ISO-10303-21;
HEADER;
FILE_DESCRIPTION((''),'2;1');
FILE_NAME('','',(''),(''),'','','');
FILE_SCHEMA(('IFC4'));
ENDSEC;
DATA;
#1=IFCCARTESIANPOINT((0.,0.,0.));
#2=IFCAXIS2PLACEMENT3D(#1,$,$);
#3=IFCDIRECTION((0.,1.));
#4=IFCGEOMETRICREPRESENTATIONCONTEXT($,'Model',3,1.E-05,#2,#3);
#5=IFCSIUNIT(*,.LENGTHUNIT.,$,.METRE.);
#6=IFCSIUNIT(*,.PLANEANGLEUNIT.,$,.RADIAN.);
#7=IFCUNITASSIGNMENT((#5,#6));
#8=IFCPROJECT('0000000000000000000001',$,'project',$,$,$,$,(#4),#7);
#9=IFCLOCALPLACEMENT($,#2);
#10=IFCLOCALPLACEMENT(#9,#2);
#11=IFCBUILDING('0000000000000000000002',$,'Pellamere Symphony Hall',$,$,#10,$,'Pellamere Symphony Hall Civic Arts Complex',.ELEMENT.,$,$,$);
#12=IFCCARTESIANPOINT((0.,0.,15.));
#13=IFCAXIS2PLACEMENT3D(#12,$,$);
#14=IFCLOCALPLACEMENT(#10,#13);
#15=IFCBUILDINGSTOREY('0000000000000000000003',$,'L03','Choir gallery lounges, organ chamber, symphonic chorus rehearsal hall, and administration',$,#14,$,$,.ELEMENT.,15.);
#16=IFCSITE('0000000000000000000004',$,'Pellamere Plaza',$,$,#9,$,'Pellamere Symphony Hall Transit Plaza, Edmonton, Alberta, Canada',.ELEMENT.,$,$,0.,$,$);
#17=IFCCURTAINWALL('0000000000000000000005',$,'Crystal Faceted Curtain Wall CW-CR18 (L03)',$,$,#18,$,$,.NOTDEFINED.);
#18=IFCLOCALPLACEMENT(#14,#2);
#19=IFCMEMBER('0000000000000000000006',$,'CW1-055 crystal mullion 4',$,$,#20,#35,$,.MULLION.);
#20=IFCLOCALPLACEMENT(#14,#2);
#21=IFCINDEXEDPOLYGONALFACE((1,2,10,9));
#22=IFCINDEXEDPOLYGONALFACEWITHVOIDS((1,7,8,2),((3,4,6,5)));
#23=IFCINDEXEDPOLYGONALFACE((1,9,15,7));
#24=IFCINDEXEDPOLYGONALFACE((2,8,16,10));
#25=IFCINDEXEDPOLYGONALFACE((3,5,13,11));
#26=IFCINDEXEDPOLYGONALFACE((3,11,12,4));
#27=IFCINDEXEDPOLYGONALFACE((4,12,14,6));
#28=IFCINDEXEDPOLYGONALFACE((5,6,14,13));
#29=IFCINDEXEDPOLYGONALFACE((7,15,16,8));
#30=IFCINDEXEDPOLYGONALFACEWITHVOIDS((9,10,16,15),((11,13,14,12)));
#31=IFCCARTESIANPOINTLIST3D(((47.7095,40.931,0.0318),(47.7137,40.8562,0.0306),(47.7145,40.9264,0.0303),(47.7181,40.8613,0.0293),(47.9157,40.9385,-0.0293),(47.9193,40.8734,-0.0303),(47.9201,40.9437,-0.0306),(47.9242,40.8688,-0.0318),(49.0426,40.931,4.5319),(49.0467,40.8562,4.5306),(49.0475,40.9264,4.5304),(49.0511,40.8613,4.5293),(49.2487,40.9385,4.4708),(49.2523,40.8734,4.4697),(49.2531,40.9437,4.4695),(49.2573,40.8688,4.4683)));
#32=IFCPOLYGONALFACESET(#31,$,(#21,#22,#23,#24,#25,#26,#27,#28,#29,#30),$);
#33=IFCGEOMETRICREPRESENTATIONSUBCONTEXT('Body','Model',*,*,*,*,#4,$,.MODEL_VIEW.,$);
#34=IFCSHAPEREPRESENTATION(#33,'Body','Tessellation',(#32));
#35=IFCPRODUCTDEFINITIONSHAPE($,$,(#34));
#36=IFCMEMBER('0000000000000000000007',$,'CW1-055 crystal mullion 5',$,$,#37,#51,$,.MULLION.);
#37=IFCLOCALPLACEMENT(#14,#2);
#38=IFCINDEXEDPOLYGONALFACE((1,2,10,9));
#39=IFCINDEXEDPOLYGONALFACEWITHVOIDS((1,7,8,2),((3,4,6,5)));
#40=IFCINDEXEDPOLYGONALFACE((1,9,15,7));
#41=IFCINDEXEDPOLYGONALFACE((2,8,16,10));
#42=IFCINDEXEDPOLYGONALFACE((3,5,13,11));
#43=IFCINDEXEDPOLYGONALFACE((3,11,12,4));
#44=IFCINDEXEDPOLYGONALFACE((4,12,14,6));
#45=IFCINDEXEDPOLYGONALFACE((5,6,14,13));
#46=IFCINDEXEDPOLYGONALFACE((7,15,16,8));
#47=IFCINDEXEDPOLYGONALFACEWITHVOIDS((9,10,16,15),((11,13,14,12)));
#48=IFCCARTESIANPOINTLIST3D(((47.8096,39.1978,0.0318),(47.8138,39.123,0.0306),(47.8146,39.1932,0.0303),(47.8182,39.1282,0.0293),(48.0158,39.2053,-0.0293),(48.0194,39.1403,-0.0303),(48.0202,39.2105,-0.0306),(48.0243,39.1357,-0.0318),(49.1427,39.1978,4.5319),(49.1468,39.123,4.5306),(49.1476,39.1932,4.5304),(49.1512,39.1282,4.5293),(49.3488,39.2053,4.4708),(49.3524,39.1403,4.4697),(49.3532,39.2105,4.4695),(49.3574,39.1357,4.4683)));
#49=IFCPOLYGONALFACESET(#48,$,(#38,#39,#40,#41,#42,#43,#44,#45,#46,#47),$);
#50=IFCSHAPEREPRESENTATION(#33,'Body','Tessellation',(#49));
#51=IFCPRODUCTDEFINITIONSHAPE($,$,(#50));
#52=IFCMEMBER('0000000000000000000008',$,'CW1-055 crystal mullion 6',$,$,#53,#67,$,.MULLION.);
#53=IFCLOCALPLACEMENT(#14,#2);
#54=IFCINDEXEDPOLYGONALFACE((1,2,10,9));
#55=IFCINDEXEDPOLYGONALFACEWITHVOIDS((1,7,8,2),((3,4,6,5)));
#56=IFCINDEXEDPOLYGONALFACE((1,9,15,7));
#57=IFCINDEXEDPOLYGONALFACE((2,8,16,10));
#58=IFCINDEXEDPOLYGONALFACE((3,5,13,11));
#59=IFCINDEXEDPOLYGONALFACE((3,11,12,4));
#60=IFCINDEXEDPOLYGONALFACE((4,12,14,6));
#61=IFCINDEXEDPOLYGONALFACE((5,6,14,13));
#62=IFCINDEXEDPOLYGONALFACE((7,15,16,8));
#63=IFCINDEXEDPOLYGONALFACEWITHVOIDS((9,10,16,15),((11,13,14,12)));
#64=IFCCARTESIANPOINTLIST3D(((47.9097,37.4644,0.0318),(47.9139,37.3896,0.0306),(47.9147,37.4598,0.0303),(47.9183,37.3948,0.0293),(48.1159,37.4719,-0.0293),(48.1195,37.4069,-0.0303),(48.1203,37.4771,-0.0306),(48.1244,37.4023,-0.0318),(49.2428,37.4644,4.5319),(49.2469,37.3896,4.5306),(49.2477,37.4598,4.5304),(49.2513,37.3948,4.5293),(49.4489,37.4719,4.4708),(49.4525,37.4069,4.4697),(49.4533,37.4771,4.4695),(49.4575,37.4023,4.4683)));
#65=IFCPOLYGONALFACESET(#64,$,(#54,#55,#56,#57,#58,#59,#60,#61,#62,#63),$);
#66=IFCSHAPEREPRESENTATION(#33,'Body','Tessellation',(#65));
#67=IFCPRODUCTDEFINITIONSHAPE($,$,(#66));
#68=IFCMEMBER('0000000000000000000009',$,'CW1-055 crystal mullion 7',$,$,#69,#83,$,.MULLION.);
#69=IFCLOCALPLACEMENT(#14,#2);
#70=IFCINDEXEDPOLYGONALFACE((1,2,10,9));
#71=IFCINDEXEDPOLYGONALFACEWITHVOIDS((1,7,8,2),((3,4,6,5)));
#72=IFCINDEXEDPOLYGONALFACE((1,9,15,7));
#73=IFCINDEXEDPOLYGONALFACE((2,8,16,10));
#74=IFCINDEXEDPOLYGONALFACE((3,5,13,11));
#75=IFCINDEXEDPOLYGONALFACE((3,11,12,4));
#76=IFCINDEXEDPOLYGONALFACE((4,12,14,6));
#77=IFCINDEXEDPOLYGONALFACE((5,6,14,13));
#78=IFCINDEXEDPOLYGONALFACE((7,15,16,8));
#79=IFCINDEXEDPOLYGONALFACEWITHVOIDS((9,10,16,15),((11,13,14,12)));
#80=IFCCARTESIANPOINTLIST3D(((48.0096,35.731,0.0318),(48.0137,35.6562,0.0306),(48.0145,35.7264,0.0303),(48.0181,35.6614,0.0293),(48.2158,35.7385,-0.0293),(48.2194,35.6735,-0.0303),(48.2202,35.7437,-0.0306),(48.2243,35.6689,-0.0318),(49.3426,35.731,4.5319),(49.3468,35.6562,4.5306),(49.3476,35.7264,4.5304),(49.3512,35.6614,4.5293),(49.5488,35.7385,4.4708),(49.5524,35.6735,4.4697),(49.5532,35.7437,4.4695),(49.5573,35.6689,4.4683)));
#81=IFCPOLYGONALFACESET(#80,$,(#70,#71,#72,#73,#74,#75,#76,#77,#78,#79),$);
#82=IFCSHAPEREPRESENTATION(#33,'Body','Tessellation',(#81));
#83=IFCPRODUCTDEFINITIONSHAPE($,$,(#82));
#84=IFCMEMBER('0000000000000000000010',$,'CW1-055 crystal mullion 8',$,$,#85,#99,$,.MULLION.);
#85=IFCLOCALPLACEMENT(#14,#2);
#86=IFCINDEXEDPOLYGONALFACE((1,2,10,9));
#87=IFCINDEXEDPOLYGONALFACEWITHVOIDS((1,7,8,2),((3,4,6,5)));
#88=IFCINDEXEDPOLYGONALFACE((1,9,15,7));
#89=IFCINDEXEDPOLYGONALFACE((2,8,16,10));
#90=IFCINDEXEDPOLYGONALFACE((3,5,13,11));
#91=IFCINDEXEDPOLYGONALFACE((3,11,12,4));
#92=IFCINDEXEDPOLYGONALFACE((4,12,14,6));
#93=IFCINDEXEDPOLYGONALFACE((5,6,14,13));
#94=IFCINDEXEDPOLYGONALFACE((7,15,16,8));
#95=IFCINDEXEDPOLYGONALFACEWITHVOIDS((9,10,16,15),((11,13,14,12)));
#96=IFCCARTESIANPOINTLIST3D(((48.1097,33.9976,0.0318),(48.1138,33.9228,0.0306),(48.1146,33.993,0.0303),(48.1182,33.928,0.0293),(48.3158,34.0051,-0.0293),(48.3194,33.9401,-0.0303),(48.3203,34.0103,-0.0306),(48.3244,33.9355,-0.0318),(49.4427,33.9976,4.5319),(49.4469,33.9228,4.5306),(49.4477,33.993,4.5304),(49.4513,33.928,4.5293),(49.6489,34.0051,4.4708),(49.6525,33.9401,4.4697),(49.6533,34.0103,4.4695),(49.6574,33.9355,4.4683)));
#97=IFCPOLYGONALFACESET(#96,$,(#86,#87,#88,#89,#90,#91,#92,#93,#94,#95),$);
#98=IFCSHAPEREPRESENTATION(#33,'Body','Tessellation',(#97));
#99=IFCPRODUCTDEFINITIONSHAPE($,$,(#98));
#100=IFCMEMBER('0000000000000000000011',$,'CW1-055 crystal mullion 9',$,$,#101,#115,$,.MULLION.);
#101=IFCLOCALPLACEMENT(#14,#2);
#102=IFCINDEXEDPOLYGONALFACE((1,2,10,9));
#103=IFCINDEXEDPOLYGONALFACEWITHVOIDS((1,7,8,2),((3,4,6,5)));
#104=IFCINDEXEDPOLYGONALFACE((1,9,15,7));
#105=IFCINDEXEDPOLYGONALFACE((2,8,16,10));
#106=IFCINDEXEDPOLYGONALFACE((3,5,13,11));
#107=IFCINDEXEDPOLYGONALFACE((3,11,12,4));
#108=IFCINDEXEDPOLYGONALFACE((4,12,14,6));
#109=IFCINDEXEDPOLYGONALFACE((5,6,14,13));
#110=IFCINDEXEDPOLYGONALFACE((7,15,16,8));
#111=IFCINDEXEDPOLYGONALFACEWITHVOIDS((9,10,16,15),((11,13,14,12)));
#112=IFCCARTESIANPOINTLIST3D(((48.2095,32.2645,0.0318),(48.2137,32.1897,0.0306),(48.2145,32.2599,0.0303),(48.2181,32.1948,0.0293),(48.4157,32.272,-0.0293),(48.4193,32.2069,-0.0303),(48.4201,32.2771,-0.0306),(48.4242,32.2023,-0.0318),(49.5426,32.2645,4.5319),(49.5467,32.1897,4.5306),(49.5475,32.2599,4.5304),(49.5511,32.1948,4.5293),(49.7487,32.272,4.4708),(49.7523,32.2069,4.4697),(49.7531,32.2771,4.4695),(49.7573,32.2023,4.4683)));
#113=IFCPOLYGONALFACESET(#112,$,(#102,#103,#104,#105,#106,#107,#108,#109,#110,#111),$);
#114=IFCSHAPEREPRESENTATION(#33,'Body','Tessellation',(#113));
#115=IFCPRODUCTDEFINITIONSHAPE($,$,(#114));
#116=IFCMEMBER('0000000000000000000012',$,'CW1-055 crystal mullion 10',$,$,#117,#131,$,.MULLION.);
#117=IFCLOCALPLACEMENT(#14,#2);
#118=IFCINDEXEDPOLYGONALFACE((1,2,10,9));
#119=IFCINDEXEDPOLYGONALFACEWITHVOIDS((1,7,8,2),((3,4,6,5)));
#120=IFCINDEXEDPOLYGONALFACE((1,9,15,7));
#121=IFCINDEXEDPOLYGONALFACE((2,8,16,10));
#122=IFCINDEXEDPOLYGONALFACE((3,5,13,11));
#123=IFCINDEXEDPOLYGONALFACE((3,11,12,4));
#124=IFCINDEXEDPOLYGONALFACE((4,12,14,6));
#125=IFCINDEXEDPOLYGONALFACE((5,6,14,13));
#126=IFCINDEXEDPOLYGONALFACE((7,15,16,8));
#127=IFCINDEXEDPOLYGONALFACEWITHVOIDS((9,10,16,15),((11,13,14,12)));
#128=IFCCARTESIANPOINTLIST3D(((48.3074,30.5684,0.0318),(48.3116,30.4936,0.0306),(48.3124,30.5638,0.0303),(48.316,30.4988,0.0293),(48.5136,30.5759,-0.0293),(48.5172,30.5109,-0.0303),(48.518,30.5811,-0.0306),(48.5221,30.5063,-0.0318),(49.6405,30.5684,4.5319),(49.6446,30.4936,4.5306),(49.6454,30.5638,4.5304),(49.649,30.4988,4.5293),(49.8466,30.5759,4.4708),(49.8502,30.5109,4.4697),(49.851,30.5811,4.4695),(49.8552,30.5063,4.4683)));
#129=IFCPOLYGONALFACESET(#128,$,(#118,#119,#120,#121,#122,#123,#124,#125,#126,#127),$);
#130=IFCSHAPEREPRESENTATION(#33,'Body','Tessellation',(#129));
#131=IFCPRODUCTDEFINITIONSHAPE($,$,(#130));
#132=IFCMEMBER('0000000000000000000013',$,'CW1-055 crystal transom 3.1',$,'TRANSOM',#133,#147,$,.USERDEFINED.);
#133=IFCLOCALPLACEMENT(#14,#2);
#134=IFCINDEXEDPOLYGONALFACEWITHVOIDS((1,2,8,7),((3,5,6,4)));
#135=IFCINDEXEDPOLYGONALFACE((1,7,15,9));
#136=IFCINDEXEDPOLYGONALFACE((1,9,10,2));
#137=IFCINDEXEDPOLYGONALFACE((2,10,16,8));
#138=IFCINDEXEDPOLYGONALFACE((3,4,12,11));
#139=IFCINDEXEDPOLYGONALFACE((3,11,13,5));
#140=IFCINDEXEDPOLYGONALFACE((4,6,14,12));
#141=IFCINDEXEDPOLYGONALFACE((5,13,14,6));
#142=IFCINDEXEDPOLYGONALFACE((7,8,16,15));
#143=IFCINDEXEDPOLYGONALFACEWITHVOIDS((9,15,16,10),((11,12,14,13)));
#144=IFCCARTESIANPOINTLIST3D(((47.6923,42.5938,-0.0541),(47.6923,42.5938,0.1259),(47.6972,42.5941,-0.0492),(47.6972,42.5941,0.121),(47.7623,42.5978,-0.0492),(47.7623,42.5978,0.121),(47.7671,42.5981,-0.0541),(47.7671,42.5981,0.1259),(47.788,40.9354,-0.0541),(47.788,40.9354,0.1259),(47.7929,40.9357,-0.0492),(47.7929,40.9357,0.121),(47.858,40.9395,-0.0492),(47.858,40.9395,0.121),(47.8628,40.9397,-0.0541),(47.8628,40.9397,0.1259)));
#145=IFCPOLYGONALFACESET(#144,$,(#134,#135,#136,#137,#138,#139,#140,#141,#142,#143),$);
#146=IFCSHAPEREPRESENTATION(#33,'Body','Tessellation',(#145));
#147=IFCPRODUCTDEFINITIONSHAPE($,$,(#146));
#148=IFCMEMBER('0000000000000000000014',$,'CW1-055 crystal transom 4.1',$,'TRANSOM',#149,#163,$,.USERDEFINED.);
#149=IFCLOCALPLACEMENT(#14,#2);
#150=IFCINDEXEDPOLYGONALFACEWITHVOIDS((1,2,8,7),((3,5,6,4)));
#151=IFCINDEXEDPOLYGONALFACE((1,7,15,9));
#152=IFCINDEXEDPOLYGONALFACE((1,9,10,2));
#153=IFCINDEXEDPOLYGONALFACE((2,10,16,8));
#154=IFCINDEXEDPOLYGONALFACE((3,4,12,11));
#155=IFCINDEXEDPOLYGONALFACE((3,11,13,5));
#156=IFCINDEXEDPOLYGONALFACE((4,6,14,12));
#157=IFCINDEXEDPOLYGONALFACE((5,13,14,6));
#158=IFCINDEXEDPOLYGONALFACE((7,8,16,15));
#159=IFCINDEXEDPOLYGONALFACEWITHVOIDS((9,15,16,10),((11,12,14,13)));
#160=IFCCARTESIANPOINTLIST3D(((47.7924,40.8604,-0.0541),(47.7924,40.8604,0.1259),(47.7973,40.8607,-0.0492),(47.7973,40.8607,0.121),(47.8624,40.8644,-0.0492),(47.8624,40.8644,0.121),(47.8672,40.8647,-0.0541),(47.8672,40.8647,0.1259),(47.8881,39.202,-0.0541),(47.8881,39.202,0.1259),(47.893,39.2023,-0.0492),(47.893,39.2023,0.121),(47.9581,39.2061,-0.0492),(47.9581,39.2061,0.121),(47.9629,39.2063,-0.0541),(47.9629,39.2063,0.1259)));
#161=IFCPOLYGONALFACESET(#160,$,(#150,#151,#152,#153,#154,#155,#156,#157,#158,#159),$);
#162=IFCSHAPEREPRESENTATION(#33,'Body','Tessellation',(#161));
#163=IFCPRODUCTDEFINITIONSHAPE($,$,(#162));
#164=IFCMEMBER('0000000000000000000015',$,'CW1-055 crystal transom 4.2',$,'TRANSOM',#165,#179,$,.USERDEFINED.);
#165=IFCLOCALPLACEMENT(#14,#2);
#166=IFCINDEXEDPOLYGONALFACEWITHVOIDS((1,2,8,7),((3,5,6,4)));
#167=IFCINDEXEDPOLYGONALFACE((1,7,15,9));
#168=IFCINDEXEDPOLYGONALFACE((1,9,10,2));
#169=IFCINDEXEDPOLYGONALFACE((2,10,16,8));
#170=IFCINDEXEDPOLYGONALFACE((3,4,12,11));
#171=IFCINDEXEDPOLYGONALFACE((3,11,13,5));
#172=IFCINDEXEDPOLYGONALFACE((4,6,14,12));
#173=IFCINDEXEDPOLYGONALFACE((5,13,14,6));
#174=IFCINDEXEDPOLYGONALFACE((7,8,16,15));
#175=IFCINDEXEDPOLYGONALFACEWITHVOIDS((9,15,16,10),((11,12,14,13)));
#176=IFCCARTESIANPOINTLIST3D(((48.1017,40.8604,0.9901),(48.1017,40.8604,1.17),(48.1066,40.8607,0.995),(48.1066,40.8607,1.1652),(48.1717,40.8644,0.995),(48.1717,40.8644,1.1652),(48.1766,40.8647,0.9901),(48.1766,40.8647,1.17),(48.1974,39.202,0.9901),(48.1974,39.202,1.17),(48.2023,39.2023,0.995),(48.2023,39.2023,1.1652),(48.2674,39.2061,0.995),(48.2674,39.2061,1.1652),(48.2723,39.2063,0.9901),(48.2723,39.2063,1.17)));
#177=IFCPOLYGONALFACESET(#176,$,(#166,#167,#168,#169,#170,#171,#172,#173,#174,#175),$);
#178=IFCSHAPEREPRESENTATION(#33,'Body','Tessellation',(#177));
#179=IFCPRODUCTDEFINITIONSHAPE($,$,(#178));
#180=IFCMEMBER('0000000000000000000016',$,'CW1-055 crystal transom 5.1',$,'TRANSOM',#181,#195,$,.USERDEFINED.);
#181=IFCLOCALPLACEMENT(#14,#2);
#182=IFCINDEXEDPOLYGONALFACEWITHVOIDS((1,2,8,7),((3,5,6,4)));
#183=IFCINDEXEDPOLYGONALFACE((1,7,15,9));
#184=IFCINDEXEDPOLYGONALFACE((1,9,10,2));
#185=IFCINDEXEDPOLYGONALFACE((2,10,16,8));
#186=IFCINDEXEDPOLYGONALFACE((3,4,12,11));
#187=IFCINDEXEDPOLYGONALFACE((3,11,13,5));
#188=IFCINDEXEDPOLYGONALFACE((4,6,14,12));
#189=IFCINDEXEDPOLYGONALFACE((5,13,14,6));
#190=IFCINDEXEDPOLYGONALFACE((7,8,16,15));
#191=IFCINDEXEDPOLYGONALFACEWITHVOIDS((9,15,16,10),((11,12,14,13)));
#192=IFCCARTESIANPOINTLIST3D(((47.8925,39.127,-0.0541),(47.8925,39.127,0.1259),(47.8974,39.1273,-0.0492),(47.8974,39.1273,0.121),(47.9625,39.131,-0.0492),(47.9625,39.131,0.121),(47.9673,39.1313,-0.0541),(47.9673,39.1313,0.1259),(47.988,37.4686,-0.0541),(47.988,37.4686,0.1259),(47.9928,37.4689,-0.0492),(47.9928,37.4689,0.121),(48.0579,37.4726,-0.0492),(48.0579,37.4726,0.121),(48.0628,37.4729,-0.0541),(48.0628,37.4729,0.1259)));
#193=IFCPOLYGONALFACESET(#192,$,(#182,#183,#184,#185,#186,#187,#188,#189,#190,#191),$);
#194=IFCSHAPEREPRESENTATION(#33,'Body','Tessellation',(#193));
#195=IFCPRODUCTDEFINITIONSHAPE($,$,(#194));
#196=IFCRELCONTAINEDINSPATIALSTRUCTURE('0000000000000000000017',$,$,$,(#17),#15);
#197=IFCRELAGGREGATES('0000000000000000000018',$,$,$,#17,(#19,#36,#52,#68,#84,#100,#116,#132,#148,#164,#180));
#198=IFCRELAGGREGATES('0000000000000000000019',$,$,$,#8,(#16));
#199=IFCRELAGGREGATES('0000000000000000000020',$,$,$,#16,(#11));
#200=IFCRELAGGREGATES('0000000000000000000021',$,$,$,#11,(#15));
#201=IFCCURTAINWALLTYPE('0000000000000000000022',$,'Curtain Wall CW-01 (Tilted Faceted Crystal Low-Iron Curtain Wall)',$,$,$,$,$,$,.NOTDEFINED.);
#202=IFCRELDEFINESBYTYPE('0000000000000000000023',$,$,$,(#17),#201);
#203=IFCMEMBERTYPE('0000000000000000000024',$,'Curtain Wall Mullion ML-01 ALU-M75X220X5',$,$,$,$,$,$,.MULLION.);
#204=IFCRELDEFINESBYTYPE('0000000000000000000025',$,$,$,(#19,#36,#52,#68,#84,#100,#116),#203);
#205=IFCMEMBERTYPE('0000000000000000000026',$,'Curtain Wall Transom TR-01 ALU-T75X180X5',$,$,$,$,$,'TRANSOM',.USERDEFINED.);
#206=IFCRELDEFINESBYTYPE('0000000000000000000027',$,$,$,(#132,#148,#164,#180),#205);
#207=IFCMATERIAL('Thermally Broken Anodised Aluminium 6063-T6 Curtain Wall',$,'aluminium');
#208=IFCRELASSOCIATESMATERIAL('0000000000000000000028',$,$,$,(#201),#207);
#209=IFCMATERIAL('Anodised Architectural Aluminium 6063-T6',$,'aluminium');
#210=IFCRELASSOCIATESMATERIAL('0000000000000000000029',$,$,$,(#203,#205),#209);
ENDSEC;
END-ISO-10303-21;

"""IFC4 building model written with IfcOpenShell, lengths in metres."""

from ifc_helpers import new_model, si_unit, direction, frame, origin, origin_2d, place, context, subcontext, project, spatial, hollow_rectangle, extrude, material, material_profile, profile_set, type_object, element, aggregate, save


model = new_model("IFC4")

# Units and contexts
model_context = context("Model", 3, precision=1e-05, world=origin(), true_north=direction((0.0, 1.0)))
body_context = subcontext(model_context, "Body", "Model", "MODEL_VIEW")
ifc_project = project(units=[si_unit("LENGTHUNIT", "METRE"), si_unit("PLANEANGLEUNIT", "RADIAN")], contexts=[model_context])

# Site, building, storey
site_placement = place(None, origin())
site = spatial("IfcSite", under=ifc_project, at=site_placement, Name="Pellamere Plaza", LongName="Pellamere Symphony Hall Transit Plaza, Edmonton, Alberta, Canada", CompositionType="ELEMENT", RefElevation=0.0)
building_placement = place(site_placement, origin())
building = spatial("IfcBuilding", under=site, at=building_placement, Name="Pellamere Symphony Hall", LongName="Pellamere Symphony Hall Civic Arts Complex", CompositionType="ELEMENT")
storey_placement = place(building_placement, frame((0.0, 0.0, 15.0)))
storey = spatial("IfcBuildingStorey", under=building, at=storey_placement, Name="L03", Description="Choir gallery lounges, organ chamber, symphonic chorus rehearsal hall, and administration", CompositionType="ELEMENT", Elevation=15.0)

# Curtain wall, members
ifc_material_1 = material(Name="Thermally Broken Anodised Aluminium 6063-T6 Curtain Wall", Category="aluminium")
curtain_wall_type_1 = type_object("IfcCurtainWallType", Name="Curtain Wall CW-01 (Tilted Faceted Crystal Low-Iron Curtain Wall)", PredefinedType="NOTDEFINED", material=ifc_material_1)
curtain_wall_1_placement = place(storey_placement, origin())
curtain_wall_1 = element("IfcCurtainWall", 1, at=curtain_wall_1_placement, inside=storey, type_object=curtain_wall_type_1, Name="Crystal Faceted Curtain Wall CW-CR18 (L03)", PredefinedType="NOTDEFINED")
ifc_material_2 = material(Name="Anodised Architectural Aluminium 6063-T6", Category="aluminium")
ifc_material_profile_1 = material_profile(ifc_material_2, hollow_rectangle(XDim=0.075, YDim=0.22, WallThickness=0.0049, at=origin_2d()), Name="ALU-M75X220X5")
ifc_profile_set_1 = profile_set([ifc_material_profile_1], Name="Anodised Architectural Aluminium 6063-T6")
member_type_1 = type_object("IfcMemberType", Name="Curtain Wall Mullion ML-01 ALU-M75X220X5", PredefinedType="MULLION", material=ifc_profile_set_1)
member_1_placement = place(storey_placement, frame((47.8169, 40.8999, 0.0), z_axis=(0.284025, 0.0, 0.958817), x_axis=(-0.055225, 0.99834, 0.016359)))
member_1 = element("IfcMember", 2, at=member_1_placement, type_object=member_type_1, Name="CW1-055 crystal mullion 4", PredefinedType="MULLION", context=body_context, shape_type="SweptSolid", body=[
    extrude(hollow_rectangle(XDim=0.075, YDim=0.22, WallThickness=0.0049, at=origin_2d()), origin(), (0.0, 0.0, 1.0), 4.6934),
])
member_2_placement = place(storey_placement, frame((47.917, 39.1667, 0.0), z_axis=(0.284025, 0.0, 0.958817), x_axis=(-0.055225, 0.99834, 0.016359)))
member_2 = element("IfcMember", 3, at=member_2_placement, type_object=member_type_1, Name="CW1-055 crystal mullion 5", PredefinedType="MULLION", context=body_context, shape_type="SweptSolid", body=[
    extrude(hollow_rectangle(XDim=0.075, YDim=0.22, WallThickness=0.0049, at=origin_2d()), origin(), (0.0, 0.0, 1.0), 4.6934),
])
member_3_placement = place(storey_placement, frame((48.0171, 37.4333, 0.0), z_axis=(0.284025, 0.0, 0.958817), x_axis=(-0.055225, 0.99834, 0.016359)))
member_3 = element("IfcMember", 4, at=member_3_placement, type_object=member_type_1, Name="CW1-055 crystal mullion 6", PredefinedType="MULLION", context=body_context, shape_type="SweptSolid", body=[
    extrude(hollow_rectangle(XDim=0.075, YDim=0.22, WallThickness=0.0049, at=origin_2d()), origin(), (0.0, 0.0, 1.0), 4.6934),
])
member_4_placement = place(storey_placement, frame((48.1169, 35.7, 0.0), z_axis=(0.284025, 0.0, 0.958817), x_axis=(-0.055225, 0.99834, 0.016359)))
member_4 = element("IfcMember", 5, at=member_4_placement, type_object=member_type_1, Name="CW1-055 crystal mullion 7", PredefinedType="MULLION", context=body_context, shape_type="SweptSolid", body=[
    extrude(hollow_rectangle(XDim=0.075, YDim=0.22, WallThickness=0.0049, at=origin_2d()), origin(), (0.0, 0.0, 1.0), 4.6934),
])
member_5_placement = place(storey_placement, frame((48.217, 33.9666, 0.0), z_axis=(0.284025, 0.0, 0.958817), x_axis=(-0.055225, 0.99834, 0.016359)))
member_5 = element("IfcMember", 6, at=member_5_placement, type_object=member_type_1, Name="CW1-055 crystal mullion 8", PredefinedType="MULLION", context=body_context, shape_type="SweptSolid", body=[
    extrude(hollow_rectangle(XDim=0.075, YDim=0.22, WallThickness=0.0049, at=origin_2d()), origin(), (0.0, 0.0, 1.0), 4.6934),
])
member_6_placement = place(storey_placement, frame((48.3169, 32.2334, 0.0), z_axis=(0.284025, 0.0, 0.958817), x_axis=(-0.055225, 0.99834, 0.016359)))
member_6 = element("IfcMember", 7, at=member_6_placement, type_object=member_type_1, Name="CW1-055 crystal mullion 9", PredefinedType="MULLION", context=body_context, shape_type="SweptSolid", body=[
    extrude(hollow_rectangle(XDim=0.075, YDim=0.22, WallThickness=0.0049, at=origin_2d()), origin(), (0.0, 0.0, 1.0), 4.6934),
])
member_7_placement = place(storey_placement, frame((48.4148, 30.5374, 0.0), z_axis=(0.284025, 0.0, 0.958817), x_axis=(-0.055225, 0.99834, 0.016359)))
member_7 = element("IfcMember", 8, at=member_7_placement, type_object=member_type_1, Name="CW1-055 crystal mullion 10", PredefinedType="MULLION", context=body_context, shape_type="SweptSolid", body=[
    extrude(hollow_rectangle(XDim=0.075, YDim=0.22, WallThickness=0.0049, at=origin_2d()), origin(), (0.0, 0.0, 1.0), 4.6934),
])
ifc_material_profile_2 = material_profile(ifc_material_2, hollow_rectangle(XDim=0.075, YDim=0.1799, WallThickness=0.0049, at=origin_2d()), Name="ALU-T75X180X5")
ifc_profile_set_2 = profile_set([ifc_material_profile_2], Name="Anodised Architectural Aluminium 6063-T6")
member_type_2 = type_object("IfcMemberType", Name="Curtain Wall Transom TR-01 ALU-T75X180X5", ElementType="TRANSOM", PredefinedType="USERDEFINED", material=ifc_profile_set_2)
member_8_placement = place(storey_placement, frame((47.7297, 42.5959, 0.0359), z_axis=(0.057611, -0.998339, 0.0), x_axis=(0.998339, 0.057611, 0.0)))
member_8 = element("IfcMember", 9, at=member_8_placement, type_object=member_type_2, Name="CW1-055 crystal transom 3.1", ObjectType="TRANSOM", PredefinedType="USERDEFINED", context=body_context, shape_type="SweptSolid", body=[
    extrude(hollow_rectangle(XDim=0.075, YDim=0.1799, WallThickness=0.0049, at=origin_2d()), origin(), (0.0, 0.0, 1.0), 1.6611),
])
member_9_placement = place(storey_placement, frame((47.8298, 40.8625, 0.0359), z_axis=(0.057611, -0.998339, 0.0), x_axis=(0.998339, 0.057611, 0.0)))
member_9 = element("IfcMember", 10, at=member_9_placement, type_object=member_type_2, Name="CW1-055 crystal transom 4.1", ObjectType="TRANSOM", PredefinedType="USERDEFINED", context=body_context, shape_type="SweptSolid", body=[
    extrude(hollow_rectangle(XDim=0.075, YDim=0.1799, WallThickness=0.0049, at=origin_2d()), origin(), (0.0, 0.0, 1.0), 1.6611),
])
member_10_placement = place(storey_placement, frame((48.1392, 40.8625, 1.0801), z_axis=(0.057611, -0.998339, 0.0), x_axis=(0.998339, 0.057611, 0.0)))
member_10 = element("IfcMember", 11, at=member_10_placement, type_object=member_type_2, Name="CW1-055 crystal transom 4.2", ObjectType="TRANSOM", PredefinedType="USERDEFINED", context=body_context, shape_type="SweptSolid", body=[
    extrude(hollow_rectangle(XDim=0.075, YDim=0.1799, WallThickness=0.0049, at=origin_2d()), origin(), (0.0, 0.0, 1.0), 1.6611),
])
member_11_placement = place(storey_placement, frame((47.9299, 39.1292, 0.0359), z_axis=(0.057464, -0.998348, 0.0), x_axis=(0.998348, 0.057464, 0.0)))
member_11 = element("IfcMember", 12, at=member_11_placement, type_object=member_type_2, Name="CW1-055 crystal transom 5.1", ObjectType="TRANSOM", PredefinedType="USERDEFINED", context=body_context, shape_type="SweptSolid", body=[
    extrude(hollow_rectangle(XDim=0.075, YDim=0.1799, WallThickness=0.0049, at=origin_2d()), origin(), (0.0, 0.0, 1.0), 1.6611),
])

aggregate(curtain_wall_1, [member_1, member_2, member_3, member_4, member_5, member_6, member_7, member_8, member_9, member_10, member_11])

save(model, "model.ifc")
